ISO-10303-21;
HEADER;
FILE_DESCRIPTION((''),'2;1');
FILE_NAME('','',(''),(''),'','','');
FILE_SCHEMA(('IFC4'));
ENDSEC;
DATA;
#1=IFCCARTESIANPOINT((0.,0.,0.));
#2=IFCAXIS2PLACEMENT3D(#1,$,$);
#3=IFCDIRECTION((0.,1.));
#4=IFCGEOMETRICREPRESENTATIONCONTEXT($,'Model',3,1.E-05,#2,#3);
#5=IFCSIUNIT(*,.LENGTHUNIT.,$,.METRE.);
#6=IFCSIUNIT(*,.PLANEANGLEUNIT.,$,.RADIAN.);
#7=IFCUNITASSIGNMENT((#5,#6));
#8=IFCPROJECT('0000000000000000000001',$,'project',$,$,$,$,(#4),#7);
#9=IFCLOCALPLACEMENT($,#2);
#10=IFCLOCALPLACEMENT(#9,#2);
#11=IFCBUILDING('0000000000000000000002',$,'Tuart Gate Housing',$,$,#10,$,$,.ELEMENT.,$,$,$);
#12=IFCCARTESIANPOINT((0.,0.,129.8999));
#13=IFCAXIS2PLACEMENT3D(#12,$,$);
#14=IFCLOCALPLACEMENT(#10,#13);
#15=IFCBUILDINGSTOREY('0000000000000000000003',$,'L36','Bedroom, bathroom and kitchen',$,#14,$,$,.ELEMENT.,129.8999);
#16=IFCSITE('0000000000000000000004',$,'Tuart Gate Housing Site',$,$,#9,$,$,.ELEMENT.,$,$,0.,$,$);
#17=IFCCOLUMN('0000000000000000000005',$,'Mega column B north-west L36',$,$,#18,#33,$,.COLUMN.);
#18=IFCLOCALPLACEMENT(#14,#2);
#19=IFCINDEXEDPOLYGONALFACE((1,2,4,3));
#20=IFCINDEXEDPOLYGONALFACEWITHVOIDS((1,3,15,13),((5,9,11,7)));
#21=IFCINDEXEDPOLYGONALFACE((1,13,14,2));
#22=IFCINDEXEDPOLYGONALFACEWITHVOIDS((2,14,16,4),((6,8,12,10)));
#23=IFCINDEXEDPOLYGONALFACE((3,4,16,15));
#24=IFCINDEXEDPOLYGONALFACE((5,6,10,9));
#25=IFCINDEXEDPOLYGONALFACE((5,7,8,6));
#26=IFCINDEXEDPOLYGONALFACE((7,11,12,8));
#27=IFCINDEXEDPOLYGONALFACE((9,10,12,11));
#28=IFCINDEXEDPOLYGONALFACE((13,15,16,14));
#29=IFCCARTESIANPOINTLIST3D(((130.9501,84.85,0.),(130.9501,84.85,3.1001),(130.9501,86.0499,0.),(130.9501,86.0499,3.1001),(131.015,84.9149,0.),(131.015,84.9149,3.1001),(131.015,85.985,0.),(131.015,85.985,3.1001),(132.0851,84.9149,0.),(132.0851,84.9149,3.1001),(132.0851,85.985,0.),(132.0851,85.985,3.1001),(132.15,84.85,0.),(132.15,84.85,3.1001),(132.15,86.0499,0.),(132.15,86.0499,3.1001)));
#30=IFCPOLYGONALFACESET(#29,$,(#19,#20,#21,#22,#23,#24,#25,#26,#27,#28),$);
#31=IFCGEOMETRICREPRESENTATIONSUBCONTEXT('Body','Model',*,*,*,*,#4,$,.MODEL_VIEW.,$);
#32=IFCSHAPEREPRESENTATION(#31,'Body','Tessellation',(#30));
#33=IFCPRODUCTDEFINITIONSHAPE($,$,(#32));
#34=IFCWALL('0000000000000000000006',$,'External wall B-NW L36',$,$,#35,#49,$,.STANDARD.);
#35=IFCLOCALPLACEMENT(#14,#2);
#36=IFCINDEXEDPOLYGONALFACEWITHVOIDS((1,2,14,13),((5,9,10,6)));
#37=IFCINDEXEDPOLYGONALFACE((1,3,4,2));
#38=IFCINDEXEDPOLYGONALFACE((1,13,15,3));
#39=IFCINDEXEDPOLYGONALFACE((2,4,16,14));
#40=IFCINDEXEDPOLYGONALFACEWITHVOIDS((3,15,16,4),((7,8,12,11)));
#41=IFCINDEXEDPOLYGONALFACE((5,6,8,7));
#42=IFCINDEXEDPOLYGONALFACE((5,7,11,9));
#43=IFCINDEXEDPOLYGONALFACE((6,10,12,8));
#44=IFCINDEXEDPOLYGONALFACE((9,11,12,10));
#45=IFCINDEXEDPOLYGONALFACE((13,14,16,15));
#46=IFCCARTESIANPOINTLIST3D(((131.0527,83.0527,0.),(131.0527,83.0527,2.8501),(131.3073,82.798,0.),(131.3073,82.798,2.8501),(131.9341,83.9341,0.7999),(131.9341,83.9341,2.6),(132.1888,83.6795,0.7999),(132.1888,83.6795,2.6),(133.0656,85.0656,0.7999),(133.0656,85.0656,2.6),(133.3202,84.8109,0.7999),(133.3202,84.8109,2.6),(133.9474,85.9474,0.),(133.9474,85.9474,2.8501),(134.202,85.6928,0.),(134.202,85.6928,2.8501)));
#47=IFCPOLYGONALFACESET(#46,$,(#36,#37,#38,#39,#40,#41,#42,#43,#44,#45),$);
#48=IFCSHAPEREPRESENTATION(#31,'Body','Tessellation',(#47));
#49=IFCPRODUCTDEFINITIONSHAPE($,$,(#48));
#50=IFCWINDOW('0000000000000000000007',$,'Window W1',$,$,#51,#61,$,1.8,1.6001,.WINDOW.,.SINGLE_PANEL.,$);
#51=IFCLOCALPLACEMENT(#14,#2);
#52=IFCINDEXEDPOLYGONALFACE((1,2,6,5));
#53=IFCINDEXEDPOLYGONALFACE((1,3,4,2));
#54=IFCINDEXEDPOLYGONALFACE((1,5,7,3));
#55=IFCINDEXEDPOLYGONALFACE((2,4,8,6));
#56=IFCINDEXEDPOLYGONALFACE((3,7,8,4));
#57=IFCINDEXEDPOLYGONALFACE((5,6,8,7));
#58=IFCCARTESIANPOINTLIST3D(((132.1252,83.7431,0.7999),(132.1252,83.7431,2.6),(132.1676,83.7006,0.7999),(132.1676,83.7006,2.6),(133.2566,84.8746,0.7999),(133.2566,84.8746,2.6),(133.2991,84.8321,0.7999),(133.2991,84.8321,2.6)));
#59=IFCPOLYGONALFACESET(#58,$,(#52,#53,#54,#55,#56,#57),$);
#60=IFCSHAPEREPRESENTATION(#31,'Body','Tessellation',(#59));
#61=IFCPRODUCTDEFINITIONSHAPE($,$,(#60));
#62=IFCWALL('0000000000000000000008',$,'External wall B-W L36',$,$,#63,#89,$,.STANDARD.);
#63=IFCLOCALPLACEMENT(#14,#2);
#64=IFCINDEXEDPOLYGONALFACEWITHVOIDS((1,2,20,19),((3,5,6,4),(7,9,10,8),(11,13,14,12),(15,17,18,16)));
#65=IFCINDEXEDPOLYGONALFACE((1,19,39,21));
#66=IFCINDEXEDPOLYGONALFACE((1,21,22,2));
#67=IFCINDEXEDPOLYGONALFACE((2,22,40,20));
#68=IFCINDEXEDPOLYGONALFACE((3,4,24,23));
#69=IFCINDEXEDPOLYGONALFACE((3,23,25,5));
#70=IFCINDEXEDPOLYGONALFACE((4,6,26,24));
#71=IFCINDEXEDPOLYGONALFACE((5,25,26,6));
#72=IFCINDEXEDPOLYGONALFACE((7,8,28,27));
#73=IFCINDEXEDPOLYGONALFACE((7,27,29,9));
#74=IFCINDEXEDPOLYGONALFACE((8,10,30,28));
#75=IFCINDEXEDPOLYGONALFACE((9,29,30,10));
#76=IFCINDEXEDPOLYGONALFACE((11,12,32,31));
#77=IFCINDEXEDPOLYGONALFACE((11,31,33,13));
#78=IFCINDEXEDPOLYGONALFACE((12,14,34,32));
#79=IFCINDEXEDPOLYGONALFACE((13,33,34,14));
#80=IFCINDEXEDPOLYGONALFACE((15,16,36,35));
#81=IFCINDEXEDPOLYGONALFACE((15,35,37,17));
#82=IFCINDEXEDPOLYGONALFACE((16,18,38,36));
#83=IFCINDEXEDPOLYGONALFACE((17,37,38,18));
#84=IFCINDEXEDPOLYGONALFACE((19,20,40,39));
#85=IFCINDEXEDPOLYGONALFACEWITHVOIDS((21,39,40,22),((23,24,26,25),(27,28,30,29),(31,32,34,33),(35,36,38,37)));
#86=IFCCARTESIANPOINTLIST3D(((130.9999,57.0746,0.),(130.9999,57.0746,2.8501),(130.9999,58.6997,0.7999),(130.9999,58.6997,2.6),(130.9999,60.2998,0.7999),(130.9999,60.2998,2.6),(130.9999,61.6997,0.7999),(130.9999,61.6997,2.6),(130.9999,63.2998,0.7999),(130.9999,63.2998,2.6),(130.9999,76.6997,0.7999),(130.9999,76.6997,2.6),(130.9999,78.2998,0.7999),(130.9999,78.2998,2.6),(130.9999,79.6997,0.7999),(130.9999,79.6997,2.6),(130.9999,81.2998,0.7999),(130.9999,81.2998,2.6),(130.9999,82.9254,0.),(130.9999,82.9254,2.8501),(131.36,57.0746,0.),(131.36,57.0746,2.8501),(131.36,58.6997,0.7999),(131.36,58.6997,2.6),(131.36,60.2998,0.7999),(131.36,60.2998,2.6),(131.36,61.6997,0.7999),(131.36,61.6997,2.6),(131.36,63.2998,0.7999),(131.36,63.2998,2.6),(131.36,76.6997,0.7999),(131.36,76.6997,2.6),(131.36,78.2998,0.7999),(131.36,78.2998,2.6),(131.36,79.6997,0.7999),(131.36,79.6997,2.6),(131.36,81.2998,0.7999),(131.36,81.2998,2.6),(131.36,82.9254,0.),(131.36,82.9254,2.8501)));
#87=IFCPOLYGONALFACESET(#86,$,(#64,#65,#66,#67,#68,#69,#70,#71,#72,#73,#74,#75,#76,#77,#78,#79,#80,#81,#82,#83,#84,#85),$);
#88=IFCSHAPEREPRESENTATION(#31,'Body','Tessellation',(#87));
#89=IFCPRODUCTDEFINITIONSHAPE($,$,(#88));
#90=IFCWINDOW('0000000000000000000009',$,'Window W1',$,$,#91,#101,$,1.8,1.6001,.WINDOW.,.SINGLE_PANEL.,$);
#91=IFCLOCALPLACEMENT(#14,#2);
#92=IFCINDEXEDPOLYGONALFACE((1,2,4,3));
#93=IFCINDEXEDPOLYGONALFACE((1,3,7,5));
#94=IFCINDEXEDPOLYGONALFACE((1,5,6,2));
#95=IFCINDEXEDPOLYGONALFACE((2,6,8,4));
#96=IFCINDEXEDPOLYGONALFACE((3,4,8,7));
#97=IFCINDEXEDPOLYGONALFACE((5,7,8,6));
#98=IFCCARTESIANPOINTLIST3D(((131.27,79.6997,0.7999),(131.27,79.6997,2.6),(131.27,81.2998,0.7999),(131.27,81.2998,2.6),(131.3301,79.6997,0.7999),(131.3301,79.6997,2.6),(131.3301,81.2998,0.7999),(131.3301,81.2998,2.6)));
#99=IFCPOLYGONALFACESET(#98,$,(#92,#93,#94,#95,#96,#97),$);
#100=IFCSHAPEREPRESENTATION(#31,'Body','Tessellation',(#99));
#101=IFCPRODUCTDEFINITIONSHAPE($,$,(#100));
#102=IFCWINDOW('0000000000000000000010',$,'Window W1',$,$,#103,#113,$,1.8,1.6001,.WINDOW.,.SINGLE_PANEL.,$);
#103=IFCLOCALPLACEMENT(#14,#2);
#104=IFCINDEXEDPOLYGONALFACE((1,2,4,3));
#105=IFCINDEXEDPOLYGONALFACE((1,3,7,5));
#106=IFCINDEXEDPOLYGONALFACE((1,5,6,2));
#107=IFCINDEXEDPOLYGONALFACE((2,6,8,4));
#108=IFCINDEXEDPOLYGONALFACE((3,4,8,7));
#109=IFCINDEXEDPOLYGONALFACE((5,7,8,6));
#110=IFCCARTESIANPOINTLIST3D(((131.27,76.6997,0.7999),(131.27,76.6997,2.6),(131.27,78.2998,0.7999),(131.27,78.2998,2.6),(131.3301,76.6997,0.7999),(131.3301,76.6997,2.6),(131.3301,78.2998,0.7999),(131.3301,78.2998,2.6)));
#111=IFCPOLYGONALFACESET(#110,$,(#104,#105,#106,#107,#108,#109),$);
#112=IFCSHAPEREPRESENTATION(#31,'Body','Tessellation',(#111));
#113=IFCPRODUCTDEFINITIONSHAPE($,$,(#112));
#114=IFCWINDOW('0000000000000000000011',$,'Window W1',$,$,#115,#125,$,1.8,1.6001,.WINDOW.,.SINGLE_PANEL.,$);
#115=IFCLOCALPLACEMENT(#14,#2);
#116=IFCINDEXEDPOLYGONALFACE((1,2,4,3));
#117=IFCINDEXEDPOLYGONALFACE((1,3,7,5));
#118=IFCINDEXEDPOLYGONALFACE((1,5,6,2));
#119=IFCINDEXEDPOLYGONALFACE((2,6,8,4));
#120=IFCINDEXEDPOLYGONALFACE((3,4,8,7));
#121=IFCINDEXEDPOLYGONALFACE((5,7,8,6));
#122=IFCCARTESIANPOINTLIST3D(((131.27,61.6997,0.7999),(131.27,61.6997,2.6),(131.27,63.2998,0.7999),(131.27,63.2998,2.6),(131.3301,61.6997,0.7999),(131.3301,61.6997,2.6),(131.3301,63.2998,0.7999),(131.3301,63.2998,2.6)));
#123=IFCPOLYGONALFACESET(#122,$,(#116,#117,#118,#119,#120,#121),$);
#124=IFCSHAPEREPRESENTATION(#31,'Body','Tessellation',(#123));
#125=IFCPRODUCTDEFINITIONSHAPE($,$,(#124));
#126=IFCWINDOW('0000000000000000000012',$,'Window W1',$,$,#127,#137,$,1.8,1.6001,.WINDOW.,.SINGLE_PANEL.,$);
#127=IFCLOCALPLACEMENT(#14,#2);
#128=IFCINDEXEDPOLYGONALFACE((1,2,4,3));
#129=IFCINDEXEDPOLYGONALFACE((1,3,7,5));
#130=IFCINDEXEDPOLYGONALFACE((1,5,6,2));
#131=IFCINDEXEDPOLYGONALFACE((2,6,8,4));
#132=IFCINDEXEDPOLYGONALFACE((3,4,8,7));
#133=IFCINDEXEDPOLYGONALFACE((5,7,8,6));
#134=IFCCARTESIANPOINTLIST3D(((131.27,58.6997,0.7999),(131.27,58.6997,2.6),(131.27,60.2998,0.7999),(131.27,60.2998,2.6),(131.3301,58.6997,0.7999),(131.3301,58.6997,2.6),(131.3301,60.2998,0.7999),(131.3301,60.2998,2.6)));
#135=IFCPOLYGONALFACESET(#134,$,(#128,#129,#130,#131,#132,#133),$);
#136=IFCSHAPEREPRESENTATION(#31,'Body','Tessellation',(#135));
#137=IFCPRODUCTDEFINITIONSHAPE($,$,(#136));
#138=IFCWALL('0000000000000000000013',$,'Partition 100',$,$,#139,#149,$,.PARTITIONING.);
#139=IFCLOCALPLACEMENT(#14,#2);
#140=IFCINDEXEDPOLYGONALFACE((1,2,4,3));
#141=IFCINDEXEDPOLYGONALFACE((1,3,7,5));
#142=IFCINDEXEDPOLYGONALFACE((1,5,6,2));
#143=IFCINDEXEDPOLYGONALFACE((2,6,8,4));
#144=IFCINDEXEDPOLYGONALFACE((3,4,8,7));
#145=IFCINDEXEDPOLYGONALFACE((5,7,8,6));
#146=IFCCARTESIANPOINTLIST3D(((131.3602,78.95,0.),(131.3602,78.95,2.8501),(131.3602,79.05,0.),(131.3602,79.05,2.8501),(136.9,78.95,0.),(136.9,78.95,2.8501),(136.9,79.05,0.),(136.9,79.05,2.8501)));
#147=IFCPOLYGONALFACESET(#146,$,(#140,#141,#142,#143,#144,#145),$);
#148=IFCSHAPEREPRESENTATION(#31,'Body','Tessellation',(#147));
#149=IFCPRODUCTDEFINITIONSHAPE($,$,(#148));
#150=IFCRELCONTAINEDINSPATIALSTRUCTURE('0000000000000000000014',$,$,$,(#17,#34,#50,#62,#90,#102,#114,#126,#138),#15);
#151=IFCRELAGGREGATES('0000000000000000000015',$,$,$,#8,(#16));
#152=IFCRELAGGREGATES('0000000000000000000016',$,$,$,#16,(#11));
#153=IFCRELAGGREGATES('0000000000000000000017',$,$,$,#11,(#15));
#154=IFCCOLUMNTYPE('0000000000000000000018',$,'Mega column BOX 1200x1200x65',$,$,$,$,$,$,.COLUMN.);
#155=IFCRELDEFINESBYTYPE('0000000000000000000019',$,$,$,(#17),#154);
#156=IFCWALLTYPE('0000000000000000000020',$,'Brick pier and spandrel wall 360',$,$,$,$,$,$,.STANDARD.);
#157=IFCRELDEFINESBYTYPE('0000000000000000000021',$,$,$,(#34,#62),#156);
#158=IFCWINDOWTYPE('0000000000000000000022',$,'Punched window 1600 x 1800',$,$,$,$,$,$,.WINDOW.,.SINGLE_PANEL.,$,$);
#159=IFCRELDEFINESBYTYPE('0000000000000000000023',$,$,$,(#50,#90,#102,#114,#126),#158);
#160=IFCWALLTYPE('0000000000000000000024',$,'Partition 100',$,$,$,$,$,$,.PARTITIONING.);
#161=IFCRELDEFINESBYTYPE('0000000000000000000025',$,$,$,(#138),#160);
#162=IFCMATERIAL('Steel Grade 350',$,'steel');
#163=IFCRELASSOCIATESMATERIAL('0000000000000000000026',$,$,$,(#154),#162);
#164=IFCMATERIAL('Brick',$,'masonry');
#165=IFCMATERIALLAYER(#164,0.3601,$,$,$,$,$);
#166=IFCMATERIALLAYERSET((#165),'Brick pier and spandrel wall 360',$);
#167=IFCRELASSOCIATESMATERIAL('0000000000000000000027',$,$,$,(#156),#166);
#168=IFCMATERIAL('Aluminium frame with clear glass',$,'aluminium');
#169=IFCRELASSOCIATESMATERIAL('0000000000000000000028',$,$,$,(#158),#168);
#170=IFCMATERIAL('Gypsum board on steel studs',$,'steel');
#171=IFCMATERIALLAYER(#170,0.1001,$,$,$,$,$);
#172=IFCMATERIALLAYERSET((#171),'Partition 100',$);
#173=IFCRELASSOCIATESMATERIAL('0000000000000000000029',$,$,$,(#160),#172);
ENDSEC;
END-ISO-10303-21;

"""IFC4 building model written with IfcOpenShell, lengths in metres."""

from ifc_helpers import new_model, si_unit, direction, frame, frame_2d, origin, origin_2d, place, context, subcontext, project, spatial, rectangle, hollow_rectangle, extrude, material, layer, layer_set, material_profile, profile_set, type_object, element, fill, save


model = new_model("IFC4")

# Units and contexts
model_context = context("Model", 3, precision=1e-05, world=origin(), true_north=direction((0.0, 1.0)))
body_context = subcontext(model_context, "Body", "Model", "MODEL_VIEW")
ifc_project = project(units=[si_unit("LENGTHUNIT", "METRE"), si_unit("PLANEANGLEUNIT", "RADIAN")], contexts=[model_context])

# Site, building, storey
site_placement = place(None, origin())
site = spatial("IfcSite", under=ifc_project, at=site_placement, Name="Tuart Gate Housing Site", CompositionType="ELEMENT", RefElevation=0.0)
building_placement = place(site_placement, origin())
building = spatial("IfcBuilding", under=site, at=building_placement, Name="Tuart Gate Housing", CompositionType="ELEMENT")
storey_placement = place(building_placement, frame((0.0, 0.0, 129.8999)))
storey = spatial("IfcBuildingStorey", under=building, at=storey_placement, Name="L36", Description="Bedroom, bathroom and kitchen", CompositionType="ELEMENT", Elevation=129.8999)

# Column
ifc_material_1 = material(Name="Steel Grade 350", Category="steel")
ifc_material_profile = material_profile(ifc_material_1, hollow_rectangle(XDim=1.2, YDim=1.2, WallThickness=0.0649, at=origin_2d()), Name="BOX 1200x1200x65")
ifc_profile_set = profile_set([ifc_material_profile], Name="Steel Grade 350")
column_type = type_object("IfcColumnType", Name="Mega column BOX 1200x1200x65", PredefinedType="COLUMN", material=ifc_profile_set)
column_placement = place(storey_placement, frame((131.55, 85.45, 0.0), z_axis=(0.0, 0.0, 1.0), x_axis=(1.0, 0.0, 0.0)))
element("IfcColumn", 1, at=column_placement, inside=storey, type_object=column_type, Name="Mega column B north-west L36", PredefinedType="COLUMN", context=body_context, shape_type="SweptSolid", body=[
    extrude(hollow_rectangle(XDim=1.2, YDim=1.2, WallThickness=0.0649, at=origin_2d()), origin(), (0.0, 0.0, 1.0), 3.1001),
])

# Wall, opening, window
ifc_material_2 = material(Name="Brick", Category="masonry")
ifc_layer_1 = layer(ifc_material_2, 0.3601)
ifc_layer_set_1 = layer_set([ifc_layer_1], Name="Brick pier and spandrel wall 360")
wall_type_1 = type_object("IfcWallType", Name="Brick pier and spandrel wall 360", PredefinedType="STANDARD", material=ifc_layer_set_1)
wall_1_placement = place(storey_placement, frame((134.0747, 85.8201, 0.0), z_axis=(0.0, 0.0, 1.0), x_axis=(-0.707107, -0.707107, 0.0)))
wall_1 = element("IfcWall", 2, at=wall_1_placement, inside=storey, type_object=wall_type_1, Name="External wall B-NW L36", PredefinedType="STANDARD", context=body_context, shape_type="SweptSolid", body=[
    extrude(rectangle(XDim=4.0938, YDim=0.3601, at=frame_2d((2.0469, 0.0))), origin(), (0.0, 0.0, 1.0), 2.8501),
])
opening_1_placement = place(wall_1_placement, frame((1.2471, 0.0, 0.8)))
opening_1 = element("IfcOpeningElement", 3, at=opening_1_placement, cuts=wall_1, PredefinedType="OPENING", context=body_context, shape_type="SweptSolid", body=[
    extrude(rectangle(XDim=1.6001, YDim=1.8, at=frame_2d((0.8, 0.8999))), frame((0.0, 0.1899, 0.0), z_axis=(0.0, -1.0, 0.0), x_axis=(1.0, 0.0, 0.0)), (0.0, 0.0, 1.0), 0.3801),
])
ifc_material_3 = material(Name="Aluminium frame with clear glass", Category="aluminium")
window_type = type_object("IfcWindowType", Name="Punched window 1600 x 1800", PartitioningType="SINGLE_PANEL", PredefinedType="WINDOW", material=ifc_material_3)
window_1_placement = place(opening_1_placement, origin())
window_1 = element("IfcWindow", 4, at=window_1_placement, inside=storey, type_object=window_type, Name="Window W1", OverallHeight=1.8, OverallWidth=1.6001, PartitioningType="SINGLE_PANEL", PredefinedType="WINDOW", context=body_context, shape_type="SweptSolid", body=[
    extrude(rectangle(XDim=1.6001, YDim=1.8, at=frame_2d((0.8, 0.8999))), frame((0.0, 0.1501, 0.0), z_axis=(0.0, -1.0, 0.0), x_axis=(1.0, 0.0, 0.0)), (0.0, 0.0, 1.0), 0.0601),
])
fill(opening_1, window_1)

# Wall, openings, windows
wall_2_placement = place(storey_placement, frame((131.1799, 82.9253, 0.0), z_axis=(0.0, 0.0, 1.0), x_axis=(0.0, -1.0, 0.0)))
wall_2 = element("IfcWall", 5, at=wall_2_placement, inside=storey, type_object=wall_type_1, Name="External wall B-W L36", PredefinedType="STANDARD", context=body_context, shape_type="SweptSolid", body=[
    extrude(rectangle(XDim=25.8508, YDim=0.3601, at=frame_2d((12.9253, 0.0))), origin(), (0.0, 0.0, 1.0), 2.8501),
])
opening_2_placement = place(wall_2_placement, frame((1.6255, 0.0, 0.8)))
opening_2 = element("IfcOpeningElement", 6, at=opening_2_placement, cuts=wall_2, PredefinedType="OPENING", context=body_context, shape_type="SweptSolid", body=[
    extrude(rectangle(XDim=1.6001, YDim=1.8, at=frame_2d((0.8, 0.8999))), frame((0.0, 0.1899, 0.0), z_axis=(0.0, -1.0, 0.0), x_axis=(1.0, 0.0, 0.0)), (0.0, 0.0, 1.0), 0.3801),
])
opening_3_placement = place(wall_2_placement, frame((4.6255, 0.0, 0.8)))
opening_3 = element("IfcOpeningElement", 7, at=opening_3_placement, cuts=wall_2, PredefinedType="OPENING", context=body_context, shape_type="SweptSolid", body=[
    extrude(rectangle(XDim=1.6001, YDim=1.8, at=frame_2d((0.8, 0.8999))), frame((0.0, 0.1899, 0.0), z_axis=(0.0, -1.0, 0.0), x_axis=(1.0, 0.0, 0.0)), (0.0, 0.0, 1.0), 0.3801),
])
opening_4_placement = place(wall_2_placement, frame((19.6255, 0.0, 0.8)))
opening_4 = element("IfcOpeningElement", 8, at=opening_4_placement, cuts=wall_2, PredefinedType="OPENING", context=body_context, shape_type="SweptSolid", body=[
    extrude(rectangle(XDim=1.6001, YDim=1.8, at=frame_2d((0.8, 0.8999))), frame((0.0, 0.1899, 0.0), z_axis=(0.0, -1.0, 0.0), x_axis=(1.0, 0.0, 0.0)), (0.0, 0.0, 1.0), 0.3801),
])
opening_5_placement = place(wall_2_placement, frame((22.6255, 0.0, 0.8)))
opening_5 = element("IfcOpeningElement", 9, at=opening_5_placement, cuts=wall_2, PredefinedType="OPENING", context=body_context, shape_type="SweptSolid", body=[
    extrude(rectangle(XDim=1.6001, YDim=1.8, at=frame_2d((0.8, 0.8999))), frame((0.0, 0.1899, 0.0), z_axis=(0.0, -1.0, 0.0), x_axis=(1.0, 0.0, 0.0)), (0.0, 0.0, 1.0), 0.3801),
])
window_2_placement = place(opening_2_placement, origin())
window_2 = element("IfcWindow", 10, at=window_2_placement, inside=storey, type_object=window_type, Name="Window W1", OverallHeight=1.8, OverallWidth=1.6001, PartitioningType="SINGLE_PANEL", PredefinedType="WINDOW", context=body_context, shape_type="SweptSolid", body=[
    extrude(rectangle(XDim=1.6001, YDim=1.8, at=frame_2d((0.8, 0.8999))), frame((0.0, 0.1501, 0.0), z_axis=(0.0, -1.0, 0.0), x_axis=(1.0, 0.0, 0.0)), (0.0, 0.0, 1.0), 0.0601),
])
fill(opening_2, window_2)
window_3_placement = place(opening_3_placement, origin())
window_3 = element("IfcWindow", 11, at=window_3_placement, inside=storey, type_object=window_type, Name="Window W1", OverallHeight=1.8, OverallWidth=1.6001, PartitioningType="SINGLE_PANEL", PredefinedType="WINDOW", context=body_context, shape_type="SweptSolid", body=[
    extrude(rectangle(XDim=1.6001, YDim=1.8, at=frame_2d((0.8, 0.8999))), frame((0.0, 0.1501, 0.0), z_axis=(0.0, -1.0, 0.0), x_axis=(1.0, 0.0, 0.0)), (0.0, 0.0, 1.0), 0.0601),
])
fill(opening_3, window_3)
window_4_placement = place(opening_4_placement, origin())
window_4 = element("IfcWindow", 12, at=window_4_placement, inside=storey, type_object=window_type, Name="Window W1", OverallHeight=1.8, OverallWidth=1.6001, PartitioningType="SINGLE_PANEL", PredefinedType="WINDOW", context=body_context, shape_type="SweptSolid", body=[
    extrude(rectangle(XDim=1.6001, YDim=1.8, at=frame_2d((0.8, 0.8999))), frame((0.0, 0.1501, 0.0), z_axis=(0.0, -1.0, 0.0), x_axis=(1.0, 0.0, 0.0)), (0.0, 0.0, 1.0), 0.0601),
])
fill(opening_4, window_4)
window_5_placement = place(opening_5_placement, origin())
window_5 = element("IfcWindow", 13, at=window_5_placement, inside=storey, type_object=window_type, Name="Window W1", OverallHeight=1.8, OverallWidth=1.6001, PartitioningType="SINGLE_PANEL", PredefinedType="WINDOW", context=body_context, shape_type="SweptSolid", body=[
    extrude(rectangle(XDim=1.6001, YDim=1.8, at=frame_2d((0.8, 0.8999))), frame((0.0, 0.1501, 0.0), z_axis=(0.0, -1.0, 0.0), x_axis=(1.0, 0.0, 0.0)), (0.0, 0.0, 1.0), 0.0601),
])
fill(opening_5, window_5)

# Wall
ifc_material_4 = material(Name="Gypsum board on steel studs", Category="steel")
ifc_layer_2 = layer(ifc_material_4, 0.1001)
ifc_layer_set_2 = layer_set([ifc_layer_2], Name="Partition 100")
wall_type_2 = type_object("IfcWallType", Name="Partition 100", PredefinedType="PARTITIONING", material=ifc_layer_set_2)
wall_3_placement = place(storey_placement, frame((131.3601, 79.0, 0.0), z_axis=(0.0, 0.0, 1.0), x_axis=(1.0, 0.0, 0.0)))
element("IfcWall", 14, at=wall_3_placement, inside=storey, type_object=wall_type_2, Name="Partition 100", PredefinedType="PARTITIONING", context=body_context, shape_type="SweptSolid", body=[
    extrude(rectangle(XDim=5.5398, YDim=0.1001, at=frame_2d((2.77, 0.0))), origin(), (0.0, 0.0, 1.0), 2.8501),
])

save(model, "model.ifc")
